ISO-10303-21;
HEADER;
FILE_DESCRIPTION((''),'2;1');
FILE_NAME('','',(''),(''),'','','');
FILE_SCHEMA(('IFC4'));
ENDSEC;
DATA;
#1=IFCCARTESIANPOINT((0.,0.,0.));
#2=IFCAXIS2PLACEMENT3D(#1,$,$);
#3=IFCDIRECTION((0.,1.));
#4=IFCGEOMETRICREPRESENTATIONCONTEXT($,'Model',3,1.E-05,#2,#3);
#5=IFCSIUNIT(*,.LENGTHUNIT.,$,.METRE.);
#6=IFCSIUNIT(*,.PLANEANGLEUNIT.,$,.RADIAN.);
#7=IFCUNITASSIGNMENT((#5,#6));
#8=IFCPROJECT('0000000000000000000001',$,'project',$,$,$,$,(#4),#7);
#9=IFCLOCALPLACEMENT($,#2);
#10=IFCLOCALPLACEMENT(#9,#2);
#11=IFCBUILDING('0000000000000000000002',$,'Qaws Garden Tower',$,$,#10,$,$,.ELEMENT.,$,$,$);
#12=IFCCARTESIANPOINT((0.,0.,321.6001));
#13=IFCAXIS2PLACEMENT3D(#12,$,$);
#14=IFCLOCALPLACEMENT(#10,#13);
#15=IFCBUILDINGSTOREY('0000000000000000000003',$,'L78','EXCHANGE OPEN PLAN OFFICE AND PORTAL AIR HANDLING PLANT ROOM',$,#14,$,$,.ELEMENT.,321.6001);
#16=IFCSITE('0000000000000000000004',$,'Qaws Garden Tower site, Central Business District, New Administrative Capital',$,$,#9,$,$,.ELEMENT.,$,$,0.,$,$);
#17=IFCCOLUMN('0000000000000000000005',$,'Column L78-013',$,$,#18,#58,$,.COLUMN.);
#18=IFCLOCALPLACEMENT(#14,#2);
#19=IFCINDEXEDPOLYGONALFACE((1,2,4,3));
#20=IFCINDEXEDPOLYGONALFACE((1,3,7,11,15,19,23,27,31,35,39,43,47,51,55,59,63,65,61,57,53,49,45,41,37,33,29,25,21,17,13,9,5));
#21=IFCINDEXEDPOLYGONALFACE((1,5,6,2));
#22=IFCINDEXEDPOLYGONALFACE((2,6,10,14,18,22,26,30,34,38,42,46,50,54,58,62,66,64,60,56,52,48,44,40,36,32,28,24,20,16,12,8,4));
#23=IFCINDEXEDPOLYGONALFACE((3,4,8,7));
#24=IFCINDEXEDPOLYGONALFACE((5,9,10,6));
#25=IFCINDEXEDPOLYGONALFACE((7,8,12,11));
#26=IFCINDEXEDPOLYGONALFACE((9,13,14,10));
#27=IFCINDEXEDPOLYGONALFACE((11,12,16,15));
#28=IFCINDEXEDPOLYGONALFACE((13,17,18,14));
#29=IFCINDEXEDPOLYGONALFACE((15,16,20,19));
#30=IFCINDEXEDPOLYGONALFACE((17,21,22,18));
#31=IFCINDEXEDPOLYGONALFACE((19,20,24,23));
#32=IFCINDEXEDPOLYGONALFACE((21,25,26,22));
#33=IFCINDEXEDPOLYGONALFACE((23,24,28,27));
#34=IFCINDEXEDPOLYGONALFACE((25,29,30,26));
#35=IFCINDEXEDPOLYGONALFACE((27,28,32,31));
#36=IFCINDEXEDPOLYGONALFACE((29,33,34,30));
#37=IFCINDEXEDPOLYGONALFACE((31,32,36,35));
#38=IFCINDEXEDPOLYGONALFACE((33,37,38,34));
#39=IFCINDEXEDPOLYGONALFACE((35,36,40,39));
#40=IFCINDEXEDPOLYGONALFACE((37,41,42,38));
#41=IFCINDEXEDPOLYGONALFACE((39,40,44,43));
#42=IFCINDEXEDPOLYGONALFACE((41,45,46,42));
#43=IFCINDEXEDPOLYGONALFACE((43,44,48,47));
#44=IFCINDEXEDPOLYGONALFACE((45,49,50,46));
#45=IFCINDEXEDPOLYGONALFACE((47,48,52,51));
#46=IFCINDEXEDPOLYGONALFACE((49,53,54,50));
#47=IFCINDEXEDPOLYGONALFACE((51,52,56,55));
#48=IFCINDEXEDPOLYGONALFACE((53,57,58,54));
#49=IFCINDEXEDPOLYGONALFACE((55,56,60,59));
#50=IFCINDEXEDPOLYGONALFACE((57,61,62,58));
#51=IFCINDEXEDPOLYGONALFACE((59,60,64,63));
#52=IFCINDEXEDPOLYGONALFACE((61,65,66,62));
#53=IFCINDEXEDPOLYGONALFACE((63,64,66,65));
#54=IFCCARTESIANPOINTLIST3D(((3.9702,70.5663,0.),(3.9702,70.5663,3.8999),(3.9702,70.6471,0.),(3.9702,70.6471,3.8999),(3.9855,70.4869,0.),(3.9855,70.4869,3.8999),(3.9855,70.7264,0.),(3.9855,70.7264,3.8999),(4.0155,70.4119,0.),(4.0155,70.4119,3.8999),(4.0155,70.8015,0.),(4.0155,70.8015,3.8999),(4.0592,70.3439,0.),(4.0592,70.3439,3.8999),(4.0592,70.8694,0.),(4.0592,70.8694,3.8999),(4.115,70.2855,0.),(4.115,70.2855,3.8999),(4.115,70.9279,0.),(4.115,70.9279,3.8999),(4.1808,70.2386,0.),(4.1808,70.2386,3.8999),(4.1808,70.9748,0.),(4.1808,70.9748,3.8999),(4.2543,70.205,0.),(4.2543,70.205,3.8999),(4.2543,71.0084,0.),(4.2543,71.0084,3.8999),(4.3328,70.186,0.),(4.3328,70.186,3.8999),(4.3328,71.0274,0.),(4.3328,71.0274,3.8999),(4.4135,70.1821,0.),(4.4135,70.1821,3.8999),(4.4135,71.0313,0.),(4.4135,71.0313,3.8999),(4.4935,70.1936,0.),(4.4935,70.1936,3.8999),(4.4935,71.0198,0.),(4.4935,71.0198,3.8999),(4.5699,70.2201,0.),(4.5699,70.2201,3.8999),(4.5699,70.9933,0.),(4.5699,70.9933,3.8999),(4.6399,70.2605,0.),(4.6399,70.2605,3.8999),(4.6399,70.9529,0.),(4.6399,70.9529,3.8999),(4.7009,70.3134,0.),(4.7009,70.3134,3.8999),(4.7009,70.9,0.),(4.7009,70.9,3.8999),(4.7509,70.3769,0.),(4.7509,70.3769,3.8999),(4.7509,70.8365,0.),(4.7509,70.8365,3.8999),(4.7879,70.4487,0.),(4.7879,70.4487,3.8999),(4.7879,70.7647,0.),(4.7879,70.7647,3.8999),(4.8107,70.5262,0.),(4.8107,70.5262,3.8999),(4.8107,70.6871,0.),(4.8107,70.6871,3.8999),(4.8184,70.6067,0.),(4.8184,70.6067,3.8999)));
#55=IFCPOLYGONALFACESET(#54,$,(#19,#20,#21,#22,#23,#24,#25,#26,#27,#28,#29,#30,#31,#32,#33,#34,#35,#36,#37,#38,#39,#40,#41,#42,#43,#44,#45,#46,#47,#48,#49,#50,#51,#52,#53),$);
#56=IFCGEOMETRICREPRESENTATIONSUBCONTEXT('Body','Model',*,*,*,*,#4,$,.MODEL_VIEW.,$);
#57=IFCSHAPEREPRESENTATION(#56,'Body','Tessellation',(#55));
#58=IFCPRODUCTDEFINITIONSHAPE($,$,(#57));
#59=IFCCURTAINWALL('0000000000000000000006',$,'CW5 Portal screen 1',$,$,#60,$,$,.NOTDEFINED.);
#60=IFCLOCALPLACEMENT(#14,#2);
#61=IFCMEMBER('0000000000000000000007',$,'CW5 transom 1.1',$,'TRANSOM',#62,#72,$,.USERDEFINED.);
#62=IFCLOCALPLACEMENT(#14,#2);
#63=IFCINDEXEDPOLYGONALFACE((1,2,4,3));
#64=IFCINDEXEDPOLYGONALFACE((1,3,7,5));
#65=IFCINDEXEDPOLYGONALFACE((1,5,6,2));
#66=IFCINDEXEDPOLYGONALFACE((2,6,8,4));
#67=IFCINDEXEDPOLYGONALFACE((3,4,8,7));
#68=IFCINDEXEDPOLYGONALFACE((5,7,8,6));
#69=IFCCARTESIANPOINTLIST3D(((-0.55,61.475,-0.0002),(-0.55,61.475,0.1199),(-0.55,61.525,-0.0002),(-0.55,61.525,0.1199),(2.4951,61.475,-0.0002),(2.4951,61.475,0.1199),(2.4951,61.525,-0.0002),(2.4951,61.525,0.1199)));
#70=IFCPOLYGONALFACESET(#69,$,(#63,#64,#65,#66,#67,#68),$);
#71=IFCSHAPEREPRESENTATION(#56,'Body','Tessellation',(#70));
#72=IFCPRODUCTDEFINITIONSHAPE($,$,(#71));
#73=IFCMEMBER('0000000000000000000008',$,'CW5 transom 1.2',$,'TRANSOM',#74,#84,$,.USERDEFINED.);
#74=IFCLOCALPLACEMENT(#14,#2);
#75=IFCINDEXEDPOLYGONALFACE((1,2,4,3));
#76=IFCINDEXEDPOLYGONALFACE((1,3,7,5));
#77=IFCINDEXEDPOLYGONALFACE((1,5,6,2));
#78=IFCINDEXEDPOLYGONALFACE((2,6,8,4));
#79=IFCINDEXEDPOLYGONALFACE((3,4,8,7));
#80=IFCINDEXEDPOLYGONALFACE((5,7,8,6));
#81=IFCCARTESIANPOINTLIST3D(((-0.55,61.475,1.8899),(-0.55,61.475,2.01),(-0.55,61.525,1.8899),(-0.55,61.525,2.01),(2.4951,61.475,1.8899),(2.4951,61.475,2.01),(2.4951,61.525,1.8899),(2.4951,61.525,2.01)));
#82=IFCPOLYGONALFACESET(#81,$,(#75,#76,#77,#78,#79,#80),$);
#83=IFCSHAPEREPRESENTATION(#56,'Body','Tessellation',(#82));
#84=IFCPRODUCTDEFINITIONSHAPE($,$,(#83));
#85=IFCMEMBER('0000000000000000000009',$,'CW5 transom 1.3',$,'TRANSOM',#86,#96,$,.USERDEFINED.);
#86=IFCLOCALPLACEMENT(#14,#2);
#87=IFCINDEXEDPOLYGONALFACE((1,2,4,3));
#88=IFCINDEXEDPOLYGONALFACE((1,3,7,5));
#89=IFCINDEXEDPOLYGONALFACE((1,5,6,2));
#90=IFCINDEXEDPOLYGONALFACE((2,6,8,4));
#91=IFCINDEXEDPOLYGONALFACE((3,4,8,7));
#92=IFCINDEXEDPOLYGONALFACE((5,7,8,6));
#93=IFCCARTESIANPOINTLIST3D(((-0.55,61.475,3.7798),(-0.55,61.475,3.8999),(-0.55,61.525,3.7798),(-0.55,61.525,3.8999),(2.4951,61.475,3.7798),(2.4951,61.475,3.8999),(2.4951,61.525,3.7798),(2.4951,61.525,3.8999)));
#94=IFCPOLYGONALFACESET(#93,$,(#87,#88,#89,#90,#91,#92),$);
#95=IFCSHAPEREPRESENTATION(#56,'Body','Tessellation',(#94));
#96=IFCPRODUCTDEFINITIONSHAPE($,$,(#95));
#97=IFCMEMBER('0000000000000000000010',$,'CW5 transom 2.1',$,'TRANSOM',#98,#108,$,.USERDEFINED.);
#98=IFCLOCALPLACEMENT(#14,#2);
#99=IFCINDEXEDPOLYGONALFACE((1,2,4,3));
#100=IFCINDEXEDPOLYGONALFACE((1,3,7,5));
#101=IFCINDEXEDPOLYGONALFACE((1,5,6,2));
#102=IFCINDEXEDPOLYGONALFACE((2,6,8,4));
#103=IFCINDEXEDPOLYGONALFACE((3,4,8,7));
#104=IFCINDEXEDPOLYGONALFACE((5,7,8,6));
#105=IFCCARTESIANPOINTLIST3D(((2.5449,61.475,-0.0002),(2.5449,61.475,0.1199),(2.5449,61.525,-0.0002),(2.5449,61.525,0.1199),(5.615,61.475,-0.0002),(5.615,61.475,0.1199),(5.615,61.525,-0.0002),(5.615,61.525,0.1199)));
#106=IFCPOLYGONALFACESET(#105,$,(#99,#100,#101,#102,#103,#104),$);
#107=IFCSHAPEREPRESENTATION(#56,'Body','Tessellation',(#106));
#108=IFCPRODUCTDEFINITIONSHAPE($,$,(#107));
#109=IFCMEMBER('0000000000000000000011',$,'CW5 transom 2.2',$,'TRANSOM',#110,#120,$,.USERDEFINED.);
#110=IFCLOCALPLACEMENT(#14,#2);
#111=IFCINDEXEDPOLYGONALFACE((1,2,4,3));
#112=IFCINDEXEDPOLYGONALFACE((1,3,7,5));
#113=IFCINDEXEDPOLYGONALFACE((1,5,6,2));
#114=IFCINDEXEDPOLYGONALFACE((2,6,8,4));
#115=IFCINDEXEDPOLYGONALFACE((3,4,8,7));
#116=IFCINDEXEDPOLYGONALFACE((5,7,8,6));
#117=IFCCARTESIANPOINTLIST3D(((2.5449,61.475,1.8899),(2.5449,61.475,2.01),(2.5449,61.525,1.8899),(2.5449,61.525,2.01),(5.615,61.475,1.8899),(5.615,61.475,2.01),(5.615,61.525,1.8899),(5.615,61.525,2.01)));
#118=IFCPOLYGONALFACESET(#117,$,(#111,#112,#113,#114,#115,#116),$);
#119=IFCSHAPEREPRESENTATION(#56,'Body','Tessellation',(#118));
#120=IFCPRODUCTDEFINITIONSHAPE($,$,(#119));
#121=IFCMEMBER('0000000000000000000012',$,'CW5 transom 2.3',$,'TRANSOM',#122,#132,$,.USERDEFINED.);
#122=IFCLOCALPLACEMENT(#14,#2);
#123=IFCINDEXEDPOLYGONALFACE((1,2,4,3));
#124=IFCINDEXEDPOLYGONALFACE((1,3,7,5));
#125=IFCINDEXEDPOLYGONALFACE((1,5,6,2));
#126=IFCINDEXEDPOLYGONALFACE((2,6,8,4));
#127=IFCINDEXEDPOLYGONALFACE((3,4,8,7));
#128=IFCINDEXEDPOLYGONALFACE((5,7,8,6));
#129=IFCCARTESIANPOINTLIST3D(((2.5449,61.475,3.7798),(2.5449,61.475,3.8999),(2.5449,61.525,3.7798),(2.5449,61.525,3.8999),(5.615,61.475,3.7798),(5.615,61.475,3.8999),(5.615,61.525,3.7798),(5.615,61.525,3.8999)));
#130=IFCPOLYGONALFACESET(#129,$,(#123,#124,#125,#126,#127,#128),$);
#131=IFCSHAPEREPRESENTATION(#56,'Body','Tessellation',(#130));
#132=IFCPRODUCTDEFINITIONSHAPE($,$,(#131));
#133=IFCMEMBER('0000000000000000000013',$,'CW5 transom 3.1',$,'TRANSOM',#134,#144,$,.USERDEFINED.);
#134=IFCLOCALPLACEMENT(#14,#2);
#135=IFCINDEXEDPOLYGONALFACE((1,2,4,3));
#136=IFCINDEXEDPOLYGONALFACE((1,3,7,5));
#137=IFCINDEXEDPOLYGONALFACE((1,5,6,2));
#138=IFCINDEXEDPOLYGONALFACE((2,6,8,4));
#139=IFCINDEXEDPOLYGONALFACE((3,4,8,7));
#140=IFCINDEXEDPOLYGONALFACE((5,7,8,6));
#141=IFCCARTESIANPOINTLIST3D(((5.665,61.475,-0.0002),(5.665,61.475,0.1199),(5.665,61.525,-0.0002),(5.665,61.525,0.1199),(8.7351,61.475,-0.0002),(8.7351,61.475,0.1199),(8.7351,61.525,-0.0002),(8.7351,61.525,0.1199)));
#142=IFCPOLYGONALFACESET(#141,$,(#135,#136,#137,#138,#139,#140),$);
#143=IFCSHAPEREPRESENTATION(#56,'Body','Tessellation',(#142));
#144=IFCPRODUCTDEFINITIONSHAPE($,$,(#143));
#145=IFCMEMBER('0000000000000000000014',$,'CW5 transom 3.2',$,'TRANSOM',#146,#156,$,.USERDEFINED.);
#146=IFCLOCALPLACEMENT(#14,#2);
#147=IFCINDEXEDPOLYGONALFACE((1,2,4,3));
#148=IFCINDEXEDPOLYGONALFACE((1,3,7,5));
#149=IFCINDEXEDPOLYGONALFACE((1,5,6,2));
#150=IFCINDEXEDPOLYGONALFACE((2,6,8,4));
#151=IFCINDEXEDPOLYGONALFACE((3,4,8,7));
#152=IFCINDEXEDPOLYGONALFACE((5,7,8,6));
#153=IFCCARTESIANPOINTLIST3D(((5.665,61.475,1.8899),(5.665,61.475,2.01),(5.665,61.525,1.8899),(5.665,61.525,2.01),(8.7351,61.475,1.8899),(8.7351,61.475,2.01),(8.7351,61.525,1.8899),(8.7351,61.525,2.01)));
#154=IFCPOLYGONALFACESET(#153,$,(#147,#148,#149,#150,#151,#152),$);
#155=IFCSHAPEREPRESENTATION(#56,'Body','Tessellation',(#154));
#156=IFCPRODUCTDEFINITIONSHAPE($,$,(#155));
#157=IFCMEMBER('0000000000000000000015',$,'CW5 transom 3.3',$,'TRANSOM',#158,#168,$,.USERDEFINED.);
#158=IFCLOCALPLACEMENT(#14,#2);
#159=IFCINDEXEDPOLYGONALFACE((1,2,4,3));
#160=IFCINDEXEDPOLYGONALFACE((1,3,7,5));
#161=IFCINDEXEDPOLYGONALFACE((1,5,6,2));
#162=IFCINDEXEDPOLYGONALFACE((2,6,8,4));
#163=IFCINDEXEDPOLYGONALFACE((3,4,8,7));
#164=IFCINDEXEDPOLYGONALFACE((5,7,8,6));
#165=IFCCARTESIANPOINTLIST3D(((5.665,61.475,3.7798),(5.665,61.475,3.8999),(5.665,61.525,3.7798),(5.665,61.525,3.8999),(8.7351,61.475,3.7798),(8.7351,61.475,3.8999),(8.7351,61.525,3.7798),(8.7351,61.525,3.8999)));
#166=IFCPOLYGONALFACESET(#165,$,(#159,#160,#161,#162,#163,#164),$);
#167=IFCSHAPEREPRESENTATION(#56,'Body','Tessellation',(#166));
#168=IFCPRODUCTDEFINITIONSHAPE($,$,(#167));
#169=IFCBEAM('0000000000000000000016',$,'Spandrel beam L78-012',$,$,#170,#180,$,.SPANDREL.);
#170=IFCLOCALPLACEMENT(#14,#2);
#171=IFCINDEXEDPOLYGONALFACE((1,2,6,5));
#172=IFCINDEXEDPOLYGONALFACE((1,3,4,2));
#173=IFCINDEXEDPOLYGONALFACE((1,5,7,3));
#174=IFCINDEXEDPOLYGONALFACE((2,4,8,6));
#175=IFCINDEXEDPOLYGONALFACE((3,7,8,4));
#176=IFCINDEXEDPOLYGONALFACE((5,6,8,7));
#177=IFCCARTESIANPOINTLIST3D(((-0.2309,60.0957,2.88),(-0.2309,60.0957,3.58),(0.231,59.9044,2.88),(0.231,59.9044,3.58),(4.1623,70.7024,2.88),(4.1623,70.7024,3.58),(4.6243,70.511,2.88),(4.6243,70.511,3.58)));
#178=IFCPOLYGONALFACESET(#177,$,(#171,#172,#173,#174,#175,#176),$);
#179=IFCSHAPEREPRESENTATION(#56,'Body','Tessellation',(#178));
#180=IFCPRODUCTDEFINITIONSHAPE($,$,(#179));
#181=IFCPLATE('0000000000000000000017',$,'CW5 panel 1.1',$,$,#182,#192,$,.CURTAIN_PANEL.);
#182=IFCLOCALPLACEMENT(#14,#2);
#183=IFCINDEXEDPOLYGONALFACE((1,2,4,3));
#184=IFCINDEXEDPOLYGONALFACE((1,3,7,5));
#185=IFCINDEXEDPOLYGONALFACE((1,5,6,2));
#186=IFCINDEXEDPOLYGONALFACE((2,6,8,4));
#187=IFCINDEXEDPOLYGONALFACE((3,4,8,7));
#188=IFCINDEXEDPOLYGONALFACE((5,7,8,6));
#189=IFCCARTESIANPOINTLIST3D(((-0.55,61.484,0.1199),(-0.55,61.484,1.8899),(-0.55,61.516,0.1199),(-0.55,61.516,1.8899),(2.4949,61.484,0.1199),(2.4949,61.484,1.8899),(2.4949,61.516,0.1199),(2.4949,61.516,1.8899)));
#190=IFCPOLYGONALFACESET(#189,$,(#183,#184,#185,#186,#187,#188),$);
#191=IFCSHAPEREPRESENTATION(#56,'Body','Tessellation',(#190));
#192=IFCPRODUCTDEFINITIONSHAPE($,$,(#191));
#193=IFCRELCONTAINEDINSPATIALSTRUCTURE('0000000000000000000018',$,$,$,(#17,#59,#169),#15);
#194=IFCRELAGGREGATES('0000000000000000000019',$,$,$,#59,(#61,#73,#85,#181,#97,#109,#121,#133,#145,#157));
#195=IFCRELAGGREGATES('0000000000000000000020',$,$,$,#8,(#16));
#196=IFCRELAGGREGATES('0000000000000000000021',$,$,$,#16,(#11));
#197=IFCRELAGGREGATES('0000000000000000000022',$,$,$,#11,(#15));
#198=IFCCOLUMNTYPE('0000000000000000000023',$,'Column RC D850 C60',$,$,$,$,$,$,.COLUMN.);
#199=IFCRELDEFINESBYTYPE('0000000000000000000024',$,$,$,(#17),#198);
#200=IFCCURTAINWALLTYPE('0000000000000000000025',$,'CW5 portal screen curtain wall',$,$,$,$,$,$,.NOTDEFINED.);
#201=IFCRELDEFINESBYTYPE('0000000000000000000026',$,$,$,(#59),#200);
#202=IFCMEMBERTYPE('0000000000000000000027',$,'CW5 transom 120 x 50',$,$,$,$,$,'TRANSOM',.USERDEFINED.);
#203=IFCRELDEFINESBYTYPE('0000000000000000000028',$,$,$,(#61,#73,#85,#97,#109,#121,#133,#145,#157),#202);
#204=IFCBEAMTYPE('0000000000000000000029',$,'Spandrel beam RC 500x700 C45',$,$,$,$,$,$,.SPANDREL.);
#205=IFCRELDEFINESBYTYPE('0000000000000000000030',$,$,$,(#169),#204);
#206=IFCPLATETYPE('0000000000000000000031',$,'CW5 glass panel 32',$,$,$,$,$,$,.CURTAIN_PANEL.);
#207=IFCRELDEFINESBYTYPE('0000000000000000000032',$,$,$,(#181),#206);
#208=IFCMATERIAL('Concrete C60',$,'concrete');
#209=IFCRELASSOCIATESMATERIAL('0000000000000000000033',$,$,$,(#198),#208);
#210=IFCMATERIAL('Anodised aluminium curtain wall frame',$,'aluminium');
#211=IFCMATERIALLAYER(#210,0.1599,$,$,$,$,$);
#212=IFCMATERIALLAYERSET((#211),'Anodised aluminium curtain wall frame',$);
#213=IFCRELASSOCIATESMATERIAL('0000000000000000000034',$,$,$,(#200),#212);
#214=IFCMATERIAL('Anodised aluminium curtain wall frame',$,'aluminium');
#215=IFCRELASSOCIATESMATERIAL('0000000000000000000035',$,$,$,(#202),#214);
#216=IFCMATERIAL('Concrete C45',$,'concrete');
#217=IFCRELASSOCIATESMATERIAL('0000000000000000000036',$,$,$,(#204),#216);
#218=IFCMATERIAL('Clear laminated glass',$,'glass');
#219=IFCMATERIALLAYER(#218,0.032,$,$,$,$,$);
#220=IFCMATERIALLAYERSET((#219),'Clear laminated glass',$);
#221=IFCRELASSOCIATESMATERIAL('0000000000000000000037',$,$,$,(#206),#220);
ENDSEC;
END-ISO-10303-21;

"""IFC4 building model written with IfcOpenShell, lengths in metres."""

from ifc_helpers import new_model, si_unit, direction, frame, origin, origin_2d, place, context, subcontext, project, spatial, rectangle, circle, extrude, material, layer, layer_set, material_profile, profile_set, type_object, element, aggregate, save


model = new_model("IFC4")

# Units and contexts
model_context = context("Model", 3, precision=1e-05, world=origin(), true_north=direction((0.0, 1.0)))
body_context = subcontext(model_context, "Body", "Model", "MODEL_VIEW")
ifc_project = project(units=[si_unit("LENGTHUNIT", "METRE"), si_unit("PLANEANGLEUNIT", "RADIAN")], contexts=[model_context])

# Site, building, storey
site_placement = place(None, origin())
site = spatial("IfcSite", under=ifc_project, at=site_placement, Name="Qaws Garden Tower site, Central Business District, New Administrative Capital", CompositionType="ELEMENT", RefElevation=0.0)
building_placement = place(site_placement, origin())
building = spatial("IfcBuilding", under=site, at=building_placement, Name="Qaws Garden Tower", CompositionType="ELEMENT")
storey_placement = place(building_placement, frame((0.0, 0.0, 321.6001)))
storey = spatial("IfcBuildingStorey", under=building, at=storey_placement, Name="L78", Description="EXCHANGE OPEN PLAN OFFICE AND PORTAL AIR HANDLING PLANT ROOM", CompositionType="ELEMENT", Elevation=321.6001)

# Column
ifc_material_1 = material(Name="Concrete C60", Category="concrete")
ifc_material_profile_1 = material_profile(ifc_material_1, circle(Radius=0.425, at=origin_2d()), Name="RC D850")
ifc_profile_set_1 = profile_set([ifc_material_profile_1], Name="Concrete C60")
column_type = type_object("IfcColumnType", Name="Column RC D850 C60", PredefinedType="COLUMN", material=ifc_profile_set_1)
column_placement = place(storey_placement, frame((4.3933, 70.6067, 0.0), z_axis=(0.0, 0.0, 1.0), x_axis=(1.0, 0.0, 0.0)))
element("IfcColumn", 1, at=column_placement, inside=storey, type_object=column_type, Name="Column L78-013", PredefinedType="COLUMN", context=body_context, shape_type="SweptSolid", body=[
    extrude(circle(Radius=0.425, at=origin_2d()), origin(), (0.0, 0.0, 1.0), 3.8999),
])

# Curtain wall, members
ifc_material_2 = material(Name="Anodised aluminium curtain wall frame", Category="aluminium")
ifc_layer_1 = layer(ifc_material_2, 0.1599)
ifc_layer_set_1 = layer_set([ifc_layer_1], Name="Anodised aluminium curtain wall frame")
curtain_wall_type = type_object("IfcCurtainWallType", Name="CW5 portal screen curtain wall", PredefinedType="NOTDEFINED", material=ifc_layer_set_1)
curtain_wall_placement = place(storey_placement, origin())
curtain_wall = element("IfcCurtainWall", 2, at=curtain_wall_placement, inside=storey, type_object=curtain_wall_type, Name="CW5 Portal screen 1", PredefinedType="NOTDEFINED")
ifc_material_3 = material(Name="Anodised aluminium curtain wall frame", Category="aluminium")
ifc_material_profile_2 = material_profile(ifc_material_3, rectangle(XDim=0.05, YDim=0.1201, at=origin_2d()), Name="AL 50x120")
ifc_profile_set_2 = profile_set([ifc_material_profile_2], Name="Anodised aluminium curtain wall frame")
member_type = type_object("IfcMemberType", Name="CW5 transom 120 x 50", ElementType="TRANSOM", PredefinedType="USERDEFINED", material=ifc_profile_set_2)
member_1_placement = place(storey_placement, frame((-0.55, 61.5, 0.0598), z_axis=(1.0, 0.0, 0.0), x_axis=(0.0, 1.0, 0.0)))
member_1 = element("IfcMember", 3, at=member_1_placement, type_object=member_type, Name="CW5 transom 1.1", ObjectType="TRANSOM", PredefinedType="USERDEFINED", context=body_context, shape_type="SweptSolid", body=[
    extrude(rectangle(XDim=0.05, YDim=0.1201, at=origin_2d()), origin(), (0.0, 0.0, 1.0), 3.0452),
])
member_2_placement = place(storey_placement, frame((-0.55, 61.5, 1.95), z_axis=(1.0, 0.0, 0.0), x_axis=(0.0, 1.0, 0.0)))
member_2 = element("IfcMember", 4, at=member_2_placement, type_object=member_type, Name="CW5 transom 1.2", ObjectType="TRANSOM", PredefinedType="USERDEFINED", context=body_context, shape_type="SweptSolid", body=[
    extrude(rectangle(XDim=0.05, YDim=0.1201, at=origin_2d()), origin(), (0.0, 0.0, 1.0), 3.0452),
])
member_3_placement = place(storey_placement, frame((-0.55, 61.5, 3.8398), z_axis=(1.0, 0.0, 0.0), x_axis=(0.0, 1.0, 0.0)))
member_3 = element("IfcMember", 5, at=member_3_placement, type_object=member_type, Name="CW5 transom 1.3", ObjectType="TRANSOM", PredefinedType="USERDEFINED", context=body_context, shape_type="SweptSolid", body=[
    extrude(rectangle(XDim=0.05, YDim=0.1201, at=origin_2d()), origin(), (0.0, 0.0, 1.0), 3.0452),
])
member_4_placement = place(storey_placement, frame((2.5449, 61.5, 0.0598), z_axis=(1.0, 0.0, 0.0), x_axis=(0.0, 1.0, 0.0)))
member_4 = element("IfcMember", 6, at=member_4_placement, type_object=member_type, Name="CW5 transom 2.1", ObjectType="TRANSOM", PredefinedType="USERDEFINED", context=body_context, shape_type="SweptSolid", body=[
    extrude(rectangle(XDim=0.05, YDim=0.1201, at=origin_2d()), origin(), (0.0, 0.0, 1.0), 3.0701),
])
member_5_placement = place(storey_placement, frame((2.5449, 61.5, 1.95), z_axis=(1.0, 0.0, 0.0), x_axis=(0.0, 1.0, 0.0)))
member_5 = element("IfcMember", 7, at=member_5_placement, type_object=member_type, Name="CW5 transom 2.2", ObjectType="TRANSOM", PredefinedType="USERDEFINED", context=body_context, shape_type="SweptSolid", body=[
    extrude(rectangle(XDim=0.05, YDim=0.1201, at=origin_2d()), origin(), (0.0, 0.0, 1.0), 3.0701),
])
member_6_placement = place(storey_placement, frame((2.5449, 61.5, 3.8398), z_axis=(1.0, 0.0, 0.0), x_axis=(0.0, 1.0, 0.0)))
member_6 = element("IfcMember", 8, at=member_6_placement, type_object=member_type, Name="CW5 transom 2.3", ObjectType="TRANSOM", PredefinedType="USERDEFINED", context=body_context, shape_type="SweptSolid", body=[
    extrude(rectangle(XDim=0.05, YDim=0.1201, at=origin_2d()), origin(), (0.0, 0.0, 1.0), 3.0701),
])
member_7_placement = place(storey_placement, frame((5.665, 61.5, 0.0598), z_axis=(1.0, 0.0, 0.0), x_axis=(0.0, 1.0, 0.0)))
member_7 = element("IfcMember", 9, at=member_7_placement, type_object=member_type, Name="CW5 transom 3.1", ObjectType="TRANSOM", PredefinedType="USERDEFINED", context=body_context, shape_type="SweptSolid", body=[
    extrude(rectangle(XDim=0.05, YDim=0.1201, at=origin_2d()), origin(), (0.0, 0.0, 1.0), 3.0701),
])
member_8_placement = place(storey_placement, frame((5.665, 61.5, 1.95), z_axis=(1.0, 0.0, 0.0), x_axis=(0.0, 1.0, 0.0)))
member_8 = element("IfcMember", 10, at=member_8_placement, type_object=member_type, Name="CW5 transom 3.2", ObjectType="TRANSOM", PredefinedType="USERDEFINED", context=body_context, shape_type="SweptSolid", body=[
    extrude(rectangle(XDim=0.05, YDim=0.1201, at=origin_2d()), origin(), (0.0, 0.0, 1.0), 3.0701),
])
member_9_placement = place(storey_placement, frame((5.665, 61.5, 3.8398), z_axis=(1.0, 0.0, 0.0), x_axis=(0.0, 1.0, 0.0)))
member_9 = element("IfcMember", 11, at=member_9_placement, type_object=member_type, Name="CW5 transom 3.3", ObjectType="TRANSOM", PredefinedType="USERDEFINED", context=body_context, shape_type="SweptSolid", body=[
    extrude(rectangle(XDim=0.05, YDim=0.1201, at=origin_2d()), origin(), (0.0, 0.0, 1.0), 3.0701),
])

# Beam
ifc_material_4 = material(Name="Concrete C45", Category="concrete")
ifc_material_profile_3 = material_profile(ifc_material_4, rectangle(XDim=0.5, YDim=0.7, at=origin_2d()), Name="RC 500x700")
ifc_profile_set_3 = profile_set([ifc_material_profile_3], Name="Concrete C45")
beam_type = type_object("IfcBeamType", Name="Spandrel beam RC 500x700 C45", PredefinedType="SPANDREL", material=ifc_profile_set_3)
beam_placement = place(storey_placement, frame((4.3933, 70.6067, 3.23), z_axis=(-0.382674, -0.923883, 0.0), x_axis=(0.923883, -0.382674, 0.0)))
element("IfcBeam", 12, at=beam_placement, inside=storey, type_object=beam_type, Name="Spandrel beam L78-012", PredefinedType="SPANDREL", context=body_context, shape_type="SweptSolid", body=[
    extrude(rectangle(XDim=0.5, YDim=0.7, at=origin_2d()), origin(), (0.0, 0.0, 1.0), 11.4805),
])

# Plate
ifc_material_5 = material(Name="Clear laminated glass", Category="glass")
ifc_layer_2 = layer(ifc_material_5, 0.032)
ifc_layer_set_2 = layer_set([ifc_layer_2], Name="Clear laminated glass")
plate_type = type_object("IfcPlateType", Name="CW5 glass panel 32", PredefinedType="CURTAIN_PANEL", material=ifc_layer_set_2)
plate_1_placement = place(storey_placement, frame((0.9724, 61.5, 0.1199), z_axis=(0.0, 0.0, 1.0), x_axis=(1.0, 0.0, 0.0)))
plate_1 = element("IfcPlate", 13, at=plate_1_placement, type_object=plate_type, Name="CW5 panel 1.1", PredefinedType="CURTAIN_PANEL", context=body_context, shape_type="SweptSolid", body=[
    extrude(rectangle(XDim=3.0449, YDim=0.032, at=origin_2d()), origin(), (0.0, 0.0, 1.0), 1.77),
])
aggregate(curtain_wall, [member_1, member_2, member_3, plate_1, member_4, member_5, member_6, member_7, member_8, member_9])

save(model, "model.ifc")
